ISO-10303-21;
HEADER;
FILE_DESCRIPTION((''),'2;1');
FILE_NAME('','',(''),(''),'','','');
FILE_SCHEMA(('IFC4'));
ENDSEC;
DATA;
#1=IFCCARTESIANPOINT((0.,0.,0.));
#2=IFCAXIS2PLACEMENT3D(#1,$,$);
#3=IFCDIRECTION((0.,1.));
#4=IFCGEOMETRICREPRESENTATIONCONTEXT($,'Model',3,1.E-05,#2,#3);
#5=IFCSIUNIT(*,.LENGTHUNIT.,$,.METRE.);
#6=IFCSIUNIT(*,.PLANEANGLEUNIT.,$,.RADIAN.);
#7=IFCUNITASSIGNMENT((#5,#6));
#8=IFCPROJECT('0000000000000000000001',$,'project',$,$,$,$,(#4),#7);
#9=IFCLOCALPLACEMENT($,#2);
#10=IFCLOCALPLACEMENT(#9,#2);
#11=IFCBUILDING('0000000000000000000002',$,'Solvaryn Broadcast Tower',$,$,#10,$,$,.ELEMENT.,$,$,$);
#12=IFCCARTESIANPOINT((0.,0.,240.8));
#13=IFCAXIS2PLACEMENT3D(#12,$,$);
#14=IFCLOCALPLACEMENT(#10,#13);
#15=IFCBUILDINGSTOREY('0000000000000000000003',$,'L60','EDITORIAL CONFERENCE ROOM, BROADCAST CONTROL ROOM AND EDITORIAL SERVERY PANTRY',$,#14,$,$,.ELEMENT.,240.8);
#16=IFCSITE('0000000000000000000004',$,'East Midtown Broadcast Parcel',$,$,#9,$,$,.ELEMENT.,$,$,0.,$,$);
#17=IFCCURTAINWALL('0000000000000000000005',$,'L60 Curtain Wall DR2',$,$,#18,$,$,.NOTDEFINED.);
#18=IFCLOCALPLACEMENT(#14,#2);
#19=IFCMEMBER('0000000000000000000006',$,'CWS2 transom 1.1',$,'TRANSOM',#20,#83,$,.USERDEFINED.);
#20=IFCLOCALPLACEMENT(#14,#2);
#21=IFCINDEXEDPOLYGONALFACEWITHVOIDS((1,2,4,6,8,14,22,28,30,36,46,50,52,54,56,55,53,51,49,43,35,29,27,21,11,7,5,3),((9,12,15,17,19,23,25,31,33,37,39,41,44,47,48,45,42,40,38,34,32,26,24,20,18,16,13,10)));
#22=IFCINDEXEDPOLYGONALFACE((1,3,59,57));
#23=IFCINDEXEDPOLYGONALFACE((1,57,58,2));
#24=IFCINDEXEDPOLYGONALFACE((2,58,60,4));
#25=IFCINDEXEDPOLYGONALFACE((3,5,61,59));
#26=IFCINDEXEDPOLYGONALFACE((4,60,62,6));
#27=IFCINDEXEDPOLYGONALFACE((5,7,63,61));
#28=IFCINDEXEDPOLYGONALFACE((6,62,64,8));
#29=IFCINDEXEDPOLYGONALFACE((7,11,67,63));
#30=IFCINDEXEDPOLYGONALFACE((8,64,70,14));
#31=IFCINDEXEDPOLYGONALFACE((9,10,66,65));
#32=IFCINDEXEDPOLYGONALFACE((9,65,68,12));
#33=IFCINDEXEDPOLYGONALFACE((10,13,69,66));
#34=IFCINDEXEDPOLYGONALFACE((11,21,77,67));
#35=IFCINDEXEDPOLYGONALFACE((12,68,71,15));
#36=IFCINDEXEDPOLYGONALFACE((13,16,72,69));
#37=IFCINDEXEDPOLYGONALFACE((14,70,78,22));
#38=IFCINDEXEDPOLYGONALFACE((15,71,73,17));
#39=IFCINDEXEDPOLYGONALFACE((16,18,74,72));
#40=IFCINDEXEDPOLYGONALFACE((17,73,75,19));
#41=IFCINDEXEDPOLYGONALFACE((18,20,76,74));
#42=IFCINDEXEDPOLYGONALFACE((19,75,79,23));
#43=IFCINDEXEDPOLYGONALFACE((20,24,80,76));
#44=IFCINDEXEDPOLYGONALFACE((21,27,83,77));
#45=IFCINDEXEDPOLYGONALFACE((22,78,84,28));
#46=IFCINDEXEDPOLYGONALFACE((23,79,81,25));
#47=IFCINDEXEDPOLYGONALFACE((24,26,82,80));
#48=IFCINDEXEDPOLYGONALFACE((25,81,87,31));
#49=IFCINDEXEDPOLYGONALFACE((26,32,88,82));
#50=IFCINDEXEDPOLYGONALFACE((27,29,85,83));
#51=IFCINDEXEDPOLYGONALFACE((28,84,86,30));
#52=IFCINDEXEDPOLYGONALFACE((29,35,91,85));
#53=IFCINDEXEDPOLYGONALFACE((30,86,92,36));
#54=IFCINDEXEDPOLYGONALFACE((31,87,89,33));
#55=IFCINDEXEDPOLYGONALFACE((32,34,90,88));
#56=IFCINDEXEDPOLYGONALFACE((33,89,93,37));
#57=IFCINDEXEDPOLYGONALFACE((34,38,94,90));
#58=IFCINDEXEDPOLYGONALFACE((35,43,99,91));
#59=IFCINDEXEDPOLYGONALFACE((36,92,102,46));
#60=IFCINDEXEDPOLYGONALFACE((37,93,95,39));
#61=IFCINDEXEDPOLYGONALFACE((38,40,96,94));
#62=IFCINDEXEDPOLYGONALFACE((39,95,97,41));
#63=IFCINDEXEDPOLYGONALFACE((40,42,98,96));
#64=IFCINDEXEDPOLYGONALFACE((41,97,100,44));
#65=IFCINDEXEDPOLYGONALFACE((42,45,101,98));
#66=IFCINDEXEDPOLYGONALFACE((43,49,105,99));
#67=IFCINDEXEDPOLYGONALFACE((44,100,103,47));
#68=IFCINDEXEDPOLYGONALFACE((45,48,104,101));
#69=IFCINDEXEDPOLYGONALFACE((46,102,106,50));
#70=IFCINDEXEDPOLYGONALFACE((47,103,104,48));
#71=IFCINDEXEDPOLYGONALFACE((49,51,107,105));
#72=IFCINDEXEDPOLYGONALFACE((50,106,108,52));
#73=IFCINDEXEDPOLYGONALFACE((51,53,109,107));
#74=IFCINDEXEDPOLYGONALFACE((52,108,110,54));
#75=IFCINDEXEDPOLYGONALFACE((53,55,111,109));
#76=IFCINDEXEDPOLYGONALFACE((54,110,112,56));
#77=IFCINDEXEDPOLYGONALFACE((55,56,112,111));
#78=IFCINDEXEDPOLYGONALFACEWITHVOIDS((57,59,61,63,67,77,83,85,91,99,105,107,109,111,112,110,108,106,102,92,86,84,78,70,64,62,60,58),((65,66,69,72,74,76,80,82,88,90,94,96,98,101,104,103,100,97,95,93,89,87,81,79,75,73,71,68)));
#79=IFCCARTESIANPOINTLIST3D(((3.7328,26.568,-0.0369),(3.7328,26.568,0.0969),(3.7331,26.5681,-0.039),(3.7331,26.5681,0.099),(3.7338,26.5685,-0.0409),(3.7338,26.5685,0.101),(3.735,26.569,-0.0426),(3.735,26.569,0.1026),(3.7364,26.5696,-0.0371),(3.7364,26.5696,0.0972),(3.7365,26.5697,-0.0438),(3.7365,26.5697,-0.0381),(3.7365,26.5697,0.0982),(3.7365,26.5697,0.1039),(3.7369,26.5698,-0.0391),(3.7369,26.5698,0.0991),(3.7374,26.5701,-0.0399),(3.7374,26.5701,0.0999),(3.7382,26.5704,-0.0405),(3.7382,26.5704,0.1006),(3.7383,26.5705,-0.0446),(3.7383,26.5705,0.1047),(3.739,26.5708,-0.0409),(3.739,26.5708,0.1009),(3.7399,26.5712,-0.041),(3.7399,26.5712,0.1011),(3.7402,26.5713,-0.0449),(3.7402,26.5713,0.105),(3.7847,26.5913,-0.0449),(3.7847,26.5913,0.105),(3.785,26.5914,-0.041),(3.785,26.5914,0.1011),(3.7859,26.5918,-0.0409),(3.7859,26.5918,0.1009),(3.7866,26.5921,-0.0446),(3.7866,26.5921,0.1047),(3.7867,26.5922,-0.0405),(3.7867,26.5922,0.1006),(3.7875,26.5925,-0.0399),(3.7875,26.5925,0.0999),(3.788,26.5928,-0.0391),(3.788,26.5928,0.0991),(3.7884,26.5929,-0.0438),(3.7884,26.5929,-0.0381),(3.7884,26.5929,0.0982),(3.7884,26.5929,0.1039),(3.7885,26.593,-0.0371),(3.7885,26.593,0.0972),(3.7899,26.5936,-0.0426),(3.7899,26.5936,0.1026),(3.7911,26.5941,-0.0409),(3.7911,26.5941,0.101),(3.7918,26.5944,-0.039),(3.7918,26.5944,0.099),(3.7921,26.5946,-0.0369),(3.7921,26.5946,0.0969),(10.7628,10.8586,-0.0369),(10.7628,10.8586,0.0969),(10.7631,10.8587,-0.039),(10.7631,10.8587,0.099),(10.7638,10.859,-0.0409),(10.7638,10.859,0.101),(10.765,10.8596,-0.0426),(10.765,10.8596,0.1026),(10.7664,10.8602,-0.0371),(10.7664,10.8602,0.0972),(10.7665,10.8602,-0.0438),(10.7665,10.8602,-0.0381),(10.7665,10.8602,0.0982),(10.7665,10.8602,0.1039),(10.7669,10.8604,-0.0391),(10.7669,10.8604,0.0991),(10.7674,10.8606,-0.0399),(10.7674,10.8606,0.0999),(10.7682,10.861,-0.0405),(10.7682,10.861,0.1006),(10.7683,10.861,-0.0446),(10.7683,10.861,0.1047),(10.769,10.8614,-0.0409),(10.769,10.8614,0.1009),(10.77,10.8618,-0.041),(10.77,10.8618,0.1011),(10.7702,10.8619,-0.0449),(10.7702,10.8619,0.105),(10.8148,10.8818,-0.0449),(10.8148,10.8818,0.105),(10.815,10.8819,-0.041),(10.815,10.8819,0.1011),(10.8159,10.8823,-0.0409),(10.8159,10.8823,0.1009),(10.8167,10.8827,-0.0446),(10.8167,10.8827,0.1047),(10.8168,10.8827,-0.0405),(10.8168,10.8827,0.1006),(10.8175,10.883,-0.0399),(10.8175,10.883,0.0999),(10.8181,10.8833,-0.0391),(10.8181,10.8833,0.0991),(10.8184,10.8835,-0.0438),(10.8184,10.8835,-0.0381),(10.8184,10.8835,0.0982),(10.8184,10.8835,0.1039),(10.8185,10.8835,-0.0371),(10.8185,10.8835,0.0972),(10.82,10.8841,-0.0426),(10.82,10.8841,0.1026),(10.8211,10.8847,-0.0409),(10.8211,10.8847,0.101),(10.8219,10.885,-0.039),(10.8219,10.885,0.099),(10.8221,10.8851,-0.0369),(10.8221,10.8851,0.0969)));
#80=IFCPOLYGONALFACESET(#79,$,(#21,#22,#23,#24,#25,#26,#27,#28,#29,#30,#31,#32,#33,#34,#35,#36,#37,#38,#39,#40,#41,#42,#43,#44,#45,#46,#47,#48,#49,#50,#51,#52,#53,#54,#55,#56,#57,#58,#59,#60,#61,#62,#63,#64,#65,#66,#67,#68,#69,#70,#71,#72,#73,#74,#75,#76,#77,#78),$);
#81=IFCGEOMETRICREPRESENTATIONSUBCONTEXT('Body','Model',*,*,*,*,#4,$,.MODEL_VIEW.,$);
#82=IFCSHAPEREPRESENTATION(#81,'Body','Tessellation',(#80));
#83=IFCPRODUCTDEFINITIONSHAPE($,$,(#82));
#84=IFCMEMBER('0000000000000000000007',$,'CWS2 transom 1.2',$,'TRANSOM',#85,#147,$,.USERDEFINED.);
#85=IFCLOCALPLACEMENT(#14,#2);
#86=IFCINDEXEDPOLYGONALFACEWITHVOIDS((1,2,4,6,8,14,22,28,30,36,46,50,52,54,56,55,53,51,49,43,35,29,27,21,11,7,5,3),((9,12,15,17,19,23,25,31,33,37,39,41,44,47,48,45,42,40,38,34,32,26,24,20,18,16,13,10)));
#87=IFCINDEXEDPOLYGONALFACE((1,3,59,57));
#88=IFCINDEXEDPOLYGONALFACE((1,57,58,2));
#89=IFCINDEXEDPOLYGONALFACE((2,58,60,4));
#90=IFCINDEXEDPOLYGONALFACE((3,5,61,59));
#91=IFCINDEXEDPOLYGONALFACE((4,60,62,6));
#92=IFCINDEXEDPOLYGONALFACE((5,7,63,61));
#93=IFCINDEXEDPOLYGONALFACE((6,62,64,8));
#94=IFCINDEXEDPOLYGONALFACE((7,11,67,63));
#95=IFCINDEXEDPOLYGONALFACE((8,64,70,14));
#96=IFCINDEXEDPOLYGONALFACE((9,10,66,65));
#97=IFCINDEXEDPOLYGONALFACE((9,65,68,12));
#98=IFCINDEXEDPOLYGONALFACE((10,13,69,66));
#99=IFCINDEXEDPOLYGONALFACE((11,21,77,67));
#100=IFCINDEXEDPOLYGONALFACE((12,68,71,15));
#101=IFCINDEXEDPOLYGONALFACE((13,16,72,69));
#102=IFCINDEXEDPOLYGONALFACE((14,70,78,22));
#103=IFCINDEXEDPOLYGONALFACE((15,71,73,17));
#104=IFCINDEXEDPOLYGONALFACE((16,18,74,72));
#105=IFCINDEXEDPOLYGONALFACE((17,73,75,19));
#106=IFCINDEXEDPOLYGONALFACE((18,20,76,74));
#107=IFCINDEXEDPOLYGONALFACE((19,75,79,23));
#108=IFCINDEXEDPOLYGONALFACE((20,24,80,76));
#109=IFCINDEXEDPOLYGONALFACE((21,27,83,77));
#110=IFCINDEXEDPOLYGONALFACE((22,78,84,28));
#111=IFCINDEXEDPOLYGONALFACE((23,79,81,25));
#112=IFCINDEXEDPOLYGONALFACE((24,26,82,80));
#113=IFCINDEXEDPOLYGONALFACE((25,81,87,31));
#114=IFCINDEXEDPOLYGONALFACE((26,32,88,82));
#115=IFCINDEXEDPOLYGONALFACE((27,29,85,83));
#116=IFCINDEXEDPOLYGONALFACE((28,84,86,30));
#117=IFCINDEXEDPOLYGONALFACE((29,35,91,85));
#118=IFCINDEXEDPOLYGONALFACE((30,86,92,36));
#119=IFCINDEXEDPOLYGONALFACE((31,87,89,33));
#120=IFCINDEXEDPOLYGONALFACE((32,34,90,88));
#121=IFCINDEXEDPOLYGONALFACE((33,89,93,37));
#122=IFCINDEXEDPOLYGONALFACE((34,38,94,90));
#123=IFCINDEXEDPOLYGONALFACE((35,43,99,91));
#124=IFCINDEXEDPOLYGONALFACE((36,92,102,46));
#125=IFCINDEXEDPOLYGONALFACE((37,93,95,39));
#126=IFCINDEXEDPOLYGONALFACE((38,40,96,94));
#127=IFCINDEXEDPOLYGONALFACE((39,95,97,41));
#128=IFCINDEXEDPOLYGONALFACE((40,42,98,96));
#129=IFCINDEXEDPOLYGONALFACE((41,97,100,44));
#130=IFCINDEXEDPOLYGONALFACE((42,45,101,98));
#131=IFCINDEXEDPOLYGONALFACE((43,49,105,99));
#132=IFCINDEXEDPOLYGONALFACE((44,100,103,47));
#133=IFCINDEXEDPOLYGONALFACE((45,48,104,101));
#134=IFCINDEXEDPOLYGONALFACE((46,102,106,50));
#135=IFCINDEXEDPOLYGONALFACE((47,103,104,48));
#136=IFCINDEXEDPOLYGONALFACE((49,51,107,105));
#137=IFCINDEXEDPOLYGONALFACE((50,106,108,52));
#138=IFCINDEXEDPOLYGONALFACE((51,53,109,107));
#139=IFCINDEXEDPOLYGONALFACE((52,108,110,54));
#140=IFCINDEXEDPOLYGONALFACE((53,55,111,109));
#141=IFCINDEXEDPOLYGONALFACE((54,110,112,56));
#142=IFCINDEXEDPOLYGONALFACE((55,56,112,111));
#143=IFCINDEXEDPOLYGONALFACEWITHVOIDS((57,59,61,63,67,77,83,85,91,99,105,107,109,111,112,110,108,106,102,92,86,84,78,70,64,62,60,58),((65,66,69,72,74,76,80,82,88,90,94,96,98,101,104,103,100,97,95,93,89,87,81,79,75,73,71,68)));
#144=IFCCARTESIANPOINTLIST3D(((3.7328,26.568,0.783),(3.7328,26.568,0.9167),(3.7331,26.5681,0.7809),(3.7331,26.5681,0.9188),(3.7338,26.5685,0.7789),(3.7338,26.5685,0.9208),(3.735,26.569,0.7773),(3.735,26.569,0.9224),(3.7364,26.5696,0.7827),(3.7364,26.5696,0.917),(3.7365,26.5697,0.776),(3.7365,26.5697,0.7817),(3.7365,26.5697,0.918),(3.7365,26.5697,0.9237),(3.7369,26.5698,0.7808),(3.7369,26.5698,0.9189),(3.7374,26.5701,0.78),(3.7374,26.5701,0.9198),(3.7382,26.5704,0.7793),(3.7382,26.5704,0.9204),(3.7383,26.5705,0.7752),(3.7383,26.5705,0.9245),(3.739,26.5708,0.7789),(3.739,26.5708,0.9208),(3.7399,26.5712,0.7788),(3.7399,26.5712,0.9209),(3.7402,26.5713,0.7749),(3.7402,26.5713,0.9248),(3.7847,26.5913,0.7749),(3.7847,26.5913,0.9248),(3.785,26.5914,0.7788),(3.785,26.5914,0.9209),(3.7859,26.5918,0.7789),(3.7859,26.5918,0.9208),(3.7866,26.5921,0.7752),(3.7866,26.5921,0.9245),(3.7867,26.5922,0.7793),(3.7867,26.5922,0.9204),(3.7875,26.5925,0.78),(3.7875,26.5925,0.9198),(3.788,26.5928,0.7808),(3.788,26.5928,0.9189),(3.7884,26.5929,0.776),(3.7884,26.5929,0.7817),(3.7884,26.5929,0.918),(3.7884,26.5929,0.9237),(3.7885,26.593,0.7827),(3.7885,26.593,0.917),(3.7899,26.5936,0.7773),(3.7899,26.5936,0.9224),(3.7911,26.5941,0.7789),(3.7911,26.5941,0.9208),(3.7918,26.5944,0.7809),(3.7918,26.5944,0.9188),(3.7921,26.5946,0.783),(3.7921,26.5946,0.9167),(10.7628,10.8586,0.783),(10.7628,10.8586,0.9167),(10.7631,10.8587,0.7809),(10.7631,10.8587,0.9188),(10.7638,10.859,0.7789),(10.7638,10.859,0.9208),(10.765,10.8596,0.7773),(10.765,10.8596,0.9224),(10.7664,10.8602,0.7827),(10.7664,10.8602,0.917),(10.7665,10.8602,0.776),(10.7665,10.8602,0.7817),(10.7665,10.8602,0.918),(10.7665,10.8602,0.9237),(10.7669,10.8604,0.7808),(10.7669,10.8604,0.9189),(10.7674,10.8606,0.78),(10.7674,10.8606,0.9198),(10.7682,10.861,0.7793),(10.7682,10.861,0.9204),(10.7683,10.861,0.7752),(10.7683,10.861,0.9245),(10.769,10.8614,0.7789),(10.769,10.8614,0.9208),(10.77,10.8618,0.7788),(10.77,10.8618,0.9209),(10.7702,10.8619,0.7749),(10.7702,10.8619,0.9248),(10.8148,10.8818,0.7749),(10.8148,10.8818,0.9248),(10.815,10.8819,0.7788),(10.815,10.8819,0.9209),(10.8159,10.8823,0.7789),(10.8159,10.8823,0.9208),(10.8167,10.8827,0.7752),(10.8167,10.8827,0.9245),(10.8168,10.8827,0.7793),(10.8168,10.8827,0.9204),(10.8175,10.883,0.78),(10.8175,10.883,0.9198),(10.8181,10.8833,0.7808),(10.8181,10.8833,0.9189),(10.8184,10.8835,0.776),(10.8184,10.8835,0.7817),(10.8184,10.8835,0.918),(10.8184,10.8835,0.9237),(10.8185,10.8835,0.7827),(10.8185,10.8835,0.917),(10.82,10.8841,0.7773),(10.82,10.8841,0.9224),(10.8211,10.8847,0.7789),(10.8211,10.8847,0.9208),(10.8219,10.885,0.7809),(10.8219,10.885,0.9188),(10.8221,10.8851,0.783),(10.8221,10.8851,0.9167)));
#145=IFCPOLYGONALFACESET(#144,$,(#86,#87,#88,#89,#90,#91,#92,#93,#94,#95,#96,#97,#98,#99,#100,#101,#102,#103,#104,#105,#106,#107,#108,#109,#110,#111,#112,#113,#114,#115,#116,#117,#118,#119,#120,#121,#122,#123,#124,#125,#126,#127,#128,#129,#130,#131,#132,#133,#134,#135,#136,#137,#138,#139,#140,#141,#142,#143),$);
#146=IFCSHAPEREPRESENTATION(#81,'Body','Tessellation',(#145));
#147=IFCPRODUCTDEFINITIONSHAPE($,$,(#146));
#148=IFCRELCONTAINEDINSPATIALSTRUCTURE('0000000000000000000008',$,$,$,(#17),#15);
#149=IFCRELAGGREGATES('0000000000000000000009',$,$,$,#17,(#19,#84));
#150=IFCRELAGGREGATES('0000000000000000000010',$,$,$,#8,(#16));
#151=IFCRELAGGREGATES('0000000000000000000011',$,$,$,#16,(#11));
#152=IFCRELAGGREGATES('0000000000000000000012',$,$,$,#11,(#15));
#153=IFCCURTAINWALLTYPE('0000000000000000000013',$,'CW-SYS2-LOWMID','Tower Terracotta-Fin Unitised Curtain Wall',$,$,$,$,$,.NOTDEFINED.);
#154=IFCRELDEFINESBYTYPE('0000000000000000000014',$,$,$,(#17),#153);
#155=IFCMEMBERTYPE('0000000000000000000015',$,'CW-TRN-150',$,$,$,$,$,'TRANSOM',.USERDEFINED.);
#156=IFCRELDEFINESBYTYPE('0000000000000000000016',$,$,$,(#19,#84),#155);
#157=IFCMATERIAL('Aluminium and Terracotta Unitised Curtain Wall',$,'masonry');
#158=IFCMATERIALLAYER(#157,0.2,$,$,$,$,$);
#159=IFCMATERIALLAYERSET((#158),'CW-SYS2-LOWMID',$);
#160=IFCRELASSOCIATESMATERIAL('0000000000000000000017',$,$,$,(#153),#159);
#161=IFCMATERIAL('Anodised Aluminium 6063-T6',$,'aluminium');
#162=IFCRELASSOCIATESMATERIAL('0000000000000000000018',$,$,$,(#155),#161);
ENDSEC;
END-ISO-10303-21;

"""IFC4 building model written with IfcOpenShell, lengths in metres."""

from ifc_helpers import new_model, si_unit, direction, frame, origin, origin_2d, place, context, subcontext, project, spatial, hollow_rectangle, extrude, material, layer, layer_set, material_profile, profile_set, type_object, element, aggregate, save


model = new_model("IFC4")

# Units and contexts
model_context = context("Model", 3, precision=1e-05, world=origin(), true_north=direction((0.0, 1.0)))
body_context = subcontext(model_context, "Body", "Model", "MODEL_VIEW")
ifc_project = project(units=[si_unit("LENGTHUNIT", "METRE"), si_unit("PLANEANGLEUNIT", "RADIAN")], contexts=[model_context])

# Site, building, storey
site_placement = place(None, origin())
site = spatial("IfcSite", under=ifc_project, at=site_placement, Name="East Midtown Broadcast Parcel", CompositionType="ELEMENT", RefElevation=0.0)
building_placement = place(site_placement, origin())
building = spatial("IfcBuilding", under=site, at=building_placement, Name="Solvaryn Broadcast Tower", CompositionType="ELEMENT")
storey_placement = place(building_placement, frame((0.0, 0.0, 240.8)))
storey = spatial("IfcBuildingStorey", under=building, at=storey_placement, Name="L60", Description="EDITORIAL CONFERENCE ROOM, BROADCAST CONTROL ROOM AND EDITORIAL SERVERY PANTRY", CompositionType="ELEMENT", Elevation=240.8)

# Shared definitions
ifc_material_1 = material(Name="Aluminium and Terracotta Unitised Curtain Wall", Category="masonry")
ifc_layer_1 = layer(ifc_material_1, 0.2)
ifc_layer_set_1 = layer_set([ifc_layer_1], Name="CW-SYS2-LOWMID")
curtain_wall_type = type_object("IfcCurtainWallType", Name="CW-SYS2-LOWMID", Description="Tower Terracotta-Fin Unitised Curtain Wall", PredefinedType="NOTDEFINED", material=ifc_layer_set_1)

# Curtain wall, members
curtain_wall_1_placement = place(storey_placement, origin())
curtain_wall_1 = element("IfcCurtainWall", 1, at=curtain_wall_1_placement, inside=storey, type_object=curtain_wall_type, Name="L60 Curtain Wall DR2", PredefinedType="NOTDEFINED")
ifc_material_2 = material(Name="Anodised Aluminium 6063-T6", Category="aluminium")
ifc_material_profile_1 = material_profile(ifc_material_2, hollow_rectangle(XDim=0.0649, YDim=0.1499, WallThickness=0.0039, InnerFilletRadius=0.0039, OuterFilletRadius=0.0081, at=origin_2d()))
ifc_profile_set_1 = profile_set([ifc_material_profile_1], Name="Anodised Aluminium 6063-T6")
member_type_1 = type_object("IfcMemberType", Name="CW-TRN-150", ElementType="TRANSOM", PredefinedType="USERDEFINED", material=ifc_profile_set_1)
member_1_placement = place(storey_placement, frame((3.7625, 26.5813, 0.03), z_axis=(0.408468, -0.912773, 0.0), x_axis=(0.912773, 0.408468, 0.0)))
member_1 = element("IfcMember", 2, at=member_1_placement, type_object=member_type_1, Name="CWS2 transom 1.1", ObjectType="TRANSOM", PredefinedType="USERDEFINED", context=body_context, shape_type="SweptSolid", body=[
    extrude(hollow_rectangle(XDim=0.0649, YDim=0.1499, WallThickness=0.0039, InnerFilletRadius=0.0039, OuterFilletRadius=0.0081, at=origin_2d()), origin(), (0.0, 0.0, 1.0), 17.2107),
])
member_2_placement = place(storey_placement, frame((3.7625, 26.5813, 0.8499), z_axis=(0.408468, -0.912773, 0.0), x_axis=(0.912773, 0.408468, 0.0)))
member_2 = element("IfcMember", 3, at=member_2_placement, type_object=member_type_1, Name="CWS2 transom 1.2", ObjectType="TRANSOM", PredefinedType="USERDEFINED", context=body_context, shape_type="SweptSolid", body=[
    extrude(hollow_rectangle(XDim=0.0649, YDim=0.1499, WallThickness=0.0039, InnerFilletRadius=0.0039, OuterFilletRadius=0.0081, at=origin_2d()), origin(), (0.0, 0.0, 1.0), 17.2107),
])
aggregate(curtain_wall_1, [member_1, member_2])

save(model, "model.ifc")
